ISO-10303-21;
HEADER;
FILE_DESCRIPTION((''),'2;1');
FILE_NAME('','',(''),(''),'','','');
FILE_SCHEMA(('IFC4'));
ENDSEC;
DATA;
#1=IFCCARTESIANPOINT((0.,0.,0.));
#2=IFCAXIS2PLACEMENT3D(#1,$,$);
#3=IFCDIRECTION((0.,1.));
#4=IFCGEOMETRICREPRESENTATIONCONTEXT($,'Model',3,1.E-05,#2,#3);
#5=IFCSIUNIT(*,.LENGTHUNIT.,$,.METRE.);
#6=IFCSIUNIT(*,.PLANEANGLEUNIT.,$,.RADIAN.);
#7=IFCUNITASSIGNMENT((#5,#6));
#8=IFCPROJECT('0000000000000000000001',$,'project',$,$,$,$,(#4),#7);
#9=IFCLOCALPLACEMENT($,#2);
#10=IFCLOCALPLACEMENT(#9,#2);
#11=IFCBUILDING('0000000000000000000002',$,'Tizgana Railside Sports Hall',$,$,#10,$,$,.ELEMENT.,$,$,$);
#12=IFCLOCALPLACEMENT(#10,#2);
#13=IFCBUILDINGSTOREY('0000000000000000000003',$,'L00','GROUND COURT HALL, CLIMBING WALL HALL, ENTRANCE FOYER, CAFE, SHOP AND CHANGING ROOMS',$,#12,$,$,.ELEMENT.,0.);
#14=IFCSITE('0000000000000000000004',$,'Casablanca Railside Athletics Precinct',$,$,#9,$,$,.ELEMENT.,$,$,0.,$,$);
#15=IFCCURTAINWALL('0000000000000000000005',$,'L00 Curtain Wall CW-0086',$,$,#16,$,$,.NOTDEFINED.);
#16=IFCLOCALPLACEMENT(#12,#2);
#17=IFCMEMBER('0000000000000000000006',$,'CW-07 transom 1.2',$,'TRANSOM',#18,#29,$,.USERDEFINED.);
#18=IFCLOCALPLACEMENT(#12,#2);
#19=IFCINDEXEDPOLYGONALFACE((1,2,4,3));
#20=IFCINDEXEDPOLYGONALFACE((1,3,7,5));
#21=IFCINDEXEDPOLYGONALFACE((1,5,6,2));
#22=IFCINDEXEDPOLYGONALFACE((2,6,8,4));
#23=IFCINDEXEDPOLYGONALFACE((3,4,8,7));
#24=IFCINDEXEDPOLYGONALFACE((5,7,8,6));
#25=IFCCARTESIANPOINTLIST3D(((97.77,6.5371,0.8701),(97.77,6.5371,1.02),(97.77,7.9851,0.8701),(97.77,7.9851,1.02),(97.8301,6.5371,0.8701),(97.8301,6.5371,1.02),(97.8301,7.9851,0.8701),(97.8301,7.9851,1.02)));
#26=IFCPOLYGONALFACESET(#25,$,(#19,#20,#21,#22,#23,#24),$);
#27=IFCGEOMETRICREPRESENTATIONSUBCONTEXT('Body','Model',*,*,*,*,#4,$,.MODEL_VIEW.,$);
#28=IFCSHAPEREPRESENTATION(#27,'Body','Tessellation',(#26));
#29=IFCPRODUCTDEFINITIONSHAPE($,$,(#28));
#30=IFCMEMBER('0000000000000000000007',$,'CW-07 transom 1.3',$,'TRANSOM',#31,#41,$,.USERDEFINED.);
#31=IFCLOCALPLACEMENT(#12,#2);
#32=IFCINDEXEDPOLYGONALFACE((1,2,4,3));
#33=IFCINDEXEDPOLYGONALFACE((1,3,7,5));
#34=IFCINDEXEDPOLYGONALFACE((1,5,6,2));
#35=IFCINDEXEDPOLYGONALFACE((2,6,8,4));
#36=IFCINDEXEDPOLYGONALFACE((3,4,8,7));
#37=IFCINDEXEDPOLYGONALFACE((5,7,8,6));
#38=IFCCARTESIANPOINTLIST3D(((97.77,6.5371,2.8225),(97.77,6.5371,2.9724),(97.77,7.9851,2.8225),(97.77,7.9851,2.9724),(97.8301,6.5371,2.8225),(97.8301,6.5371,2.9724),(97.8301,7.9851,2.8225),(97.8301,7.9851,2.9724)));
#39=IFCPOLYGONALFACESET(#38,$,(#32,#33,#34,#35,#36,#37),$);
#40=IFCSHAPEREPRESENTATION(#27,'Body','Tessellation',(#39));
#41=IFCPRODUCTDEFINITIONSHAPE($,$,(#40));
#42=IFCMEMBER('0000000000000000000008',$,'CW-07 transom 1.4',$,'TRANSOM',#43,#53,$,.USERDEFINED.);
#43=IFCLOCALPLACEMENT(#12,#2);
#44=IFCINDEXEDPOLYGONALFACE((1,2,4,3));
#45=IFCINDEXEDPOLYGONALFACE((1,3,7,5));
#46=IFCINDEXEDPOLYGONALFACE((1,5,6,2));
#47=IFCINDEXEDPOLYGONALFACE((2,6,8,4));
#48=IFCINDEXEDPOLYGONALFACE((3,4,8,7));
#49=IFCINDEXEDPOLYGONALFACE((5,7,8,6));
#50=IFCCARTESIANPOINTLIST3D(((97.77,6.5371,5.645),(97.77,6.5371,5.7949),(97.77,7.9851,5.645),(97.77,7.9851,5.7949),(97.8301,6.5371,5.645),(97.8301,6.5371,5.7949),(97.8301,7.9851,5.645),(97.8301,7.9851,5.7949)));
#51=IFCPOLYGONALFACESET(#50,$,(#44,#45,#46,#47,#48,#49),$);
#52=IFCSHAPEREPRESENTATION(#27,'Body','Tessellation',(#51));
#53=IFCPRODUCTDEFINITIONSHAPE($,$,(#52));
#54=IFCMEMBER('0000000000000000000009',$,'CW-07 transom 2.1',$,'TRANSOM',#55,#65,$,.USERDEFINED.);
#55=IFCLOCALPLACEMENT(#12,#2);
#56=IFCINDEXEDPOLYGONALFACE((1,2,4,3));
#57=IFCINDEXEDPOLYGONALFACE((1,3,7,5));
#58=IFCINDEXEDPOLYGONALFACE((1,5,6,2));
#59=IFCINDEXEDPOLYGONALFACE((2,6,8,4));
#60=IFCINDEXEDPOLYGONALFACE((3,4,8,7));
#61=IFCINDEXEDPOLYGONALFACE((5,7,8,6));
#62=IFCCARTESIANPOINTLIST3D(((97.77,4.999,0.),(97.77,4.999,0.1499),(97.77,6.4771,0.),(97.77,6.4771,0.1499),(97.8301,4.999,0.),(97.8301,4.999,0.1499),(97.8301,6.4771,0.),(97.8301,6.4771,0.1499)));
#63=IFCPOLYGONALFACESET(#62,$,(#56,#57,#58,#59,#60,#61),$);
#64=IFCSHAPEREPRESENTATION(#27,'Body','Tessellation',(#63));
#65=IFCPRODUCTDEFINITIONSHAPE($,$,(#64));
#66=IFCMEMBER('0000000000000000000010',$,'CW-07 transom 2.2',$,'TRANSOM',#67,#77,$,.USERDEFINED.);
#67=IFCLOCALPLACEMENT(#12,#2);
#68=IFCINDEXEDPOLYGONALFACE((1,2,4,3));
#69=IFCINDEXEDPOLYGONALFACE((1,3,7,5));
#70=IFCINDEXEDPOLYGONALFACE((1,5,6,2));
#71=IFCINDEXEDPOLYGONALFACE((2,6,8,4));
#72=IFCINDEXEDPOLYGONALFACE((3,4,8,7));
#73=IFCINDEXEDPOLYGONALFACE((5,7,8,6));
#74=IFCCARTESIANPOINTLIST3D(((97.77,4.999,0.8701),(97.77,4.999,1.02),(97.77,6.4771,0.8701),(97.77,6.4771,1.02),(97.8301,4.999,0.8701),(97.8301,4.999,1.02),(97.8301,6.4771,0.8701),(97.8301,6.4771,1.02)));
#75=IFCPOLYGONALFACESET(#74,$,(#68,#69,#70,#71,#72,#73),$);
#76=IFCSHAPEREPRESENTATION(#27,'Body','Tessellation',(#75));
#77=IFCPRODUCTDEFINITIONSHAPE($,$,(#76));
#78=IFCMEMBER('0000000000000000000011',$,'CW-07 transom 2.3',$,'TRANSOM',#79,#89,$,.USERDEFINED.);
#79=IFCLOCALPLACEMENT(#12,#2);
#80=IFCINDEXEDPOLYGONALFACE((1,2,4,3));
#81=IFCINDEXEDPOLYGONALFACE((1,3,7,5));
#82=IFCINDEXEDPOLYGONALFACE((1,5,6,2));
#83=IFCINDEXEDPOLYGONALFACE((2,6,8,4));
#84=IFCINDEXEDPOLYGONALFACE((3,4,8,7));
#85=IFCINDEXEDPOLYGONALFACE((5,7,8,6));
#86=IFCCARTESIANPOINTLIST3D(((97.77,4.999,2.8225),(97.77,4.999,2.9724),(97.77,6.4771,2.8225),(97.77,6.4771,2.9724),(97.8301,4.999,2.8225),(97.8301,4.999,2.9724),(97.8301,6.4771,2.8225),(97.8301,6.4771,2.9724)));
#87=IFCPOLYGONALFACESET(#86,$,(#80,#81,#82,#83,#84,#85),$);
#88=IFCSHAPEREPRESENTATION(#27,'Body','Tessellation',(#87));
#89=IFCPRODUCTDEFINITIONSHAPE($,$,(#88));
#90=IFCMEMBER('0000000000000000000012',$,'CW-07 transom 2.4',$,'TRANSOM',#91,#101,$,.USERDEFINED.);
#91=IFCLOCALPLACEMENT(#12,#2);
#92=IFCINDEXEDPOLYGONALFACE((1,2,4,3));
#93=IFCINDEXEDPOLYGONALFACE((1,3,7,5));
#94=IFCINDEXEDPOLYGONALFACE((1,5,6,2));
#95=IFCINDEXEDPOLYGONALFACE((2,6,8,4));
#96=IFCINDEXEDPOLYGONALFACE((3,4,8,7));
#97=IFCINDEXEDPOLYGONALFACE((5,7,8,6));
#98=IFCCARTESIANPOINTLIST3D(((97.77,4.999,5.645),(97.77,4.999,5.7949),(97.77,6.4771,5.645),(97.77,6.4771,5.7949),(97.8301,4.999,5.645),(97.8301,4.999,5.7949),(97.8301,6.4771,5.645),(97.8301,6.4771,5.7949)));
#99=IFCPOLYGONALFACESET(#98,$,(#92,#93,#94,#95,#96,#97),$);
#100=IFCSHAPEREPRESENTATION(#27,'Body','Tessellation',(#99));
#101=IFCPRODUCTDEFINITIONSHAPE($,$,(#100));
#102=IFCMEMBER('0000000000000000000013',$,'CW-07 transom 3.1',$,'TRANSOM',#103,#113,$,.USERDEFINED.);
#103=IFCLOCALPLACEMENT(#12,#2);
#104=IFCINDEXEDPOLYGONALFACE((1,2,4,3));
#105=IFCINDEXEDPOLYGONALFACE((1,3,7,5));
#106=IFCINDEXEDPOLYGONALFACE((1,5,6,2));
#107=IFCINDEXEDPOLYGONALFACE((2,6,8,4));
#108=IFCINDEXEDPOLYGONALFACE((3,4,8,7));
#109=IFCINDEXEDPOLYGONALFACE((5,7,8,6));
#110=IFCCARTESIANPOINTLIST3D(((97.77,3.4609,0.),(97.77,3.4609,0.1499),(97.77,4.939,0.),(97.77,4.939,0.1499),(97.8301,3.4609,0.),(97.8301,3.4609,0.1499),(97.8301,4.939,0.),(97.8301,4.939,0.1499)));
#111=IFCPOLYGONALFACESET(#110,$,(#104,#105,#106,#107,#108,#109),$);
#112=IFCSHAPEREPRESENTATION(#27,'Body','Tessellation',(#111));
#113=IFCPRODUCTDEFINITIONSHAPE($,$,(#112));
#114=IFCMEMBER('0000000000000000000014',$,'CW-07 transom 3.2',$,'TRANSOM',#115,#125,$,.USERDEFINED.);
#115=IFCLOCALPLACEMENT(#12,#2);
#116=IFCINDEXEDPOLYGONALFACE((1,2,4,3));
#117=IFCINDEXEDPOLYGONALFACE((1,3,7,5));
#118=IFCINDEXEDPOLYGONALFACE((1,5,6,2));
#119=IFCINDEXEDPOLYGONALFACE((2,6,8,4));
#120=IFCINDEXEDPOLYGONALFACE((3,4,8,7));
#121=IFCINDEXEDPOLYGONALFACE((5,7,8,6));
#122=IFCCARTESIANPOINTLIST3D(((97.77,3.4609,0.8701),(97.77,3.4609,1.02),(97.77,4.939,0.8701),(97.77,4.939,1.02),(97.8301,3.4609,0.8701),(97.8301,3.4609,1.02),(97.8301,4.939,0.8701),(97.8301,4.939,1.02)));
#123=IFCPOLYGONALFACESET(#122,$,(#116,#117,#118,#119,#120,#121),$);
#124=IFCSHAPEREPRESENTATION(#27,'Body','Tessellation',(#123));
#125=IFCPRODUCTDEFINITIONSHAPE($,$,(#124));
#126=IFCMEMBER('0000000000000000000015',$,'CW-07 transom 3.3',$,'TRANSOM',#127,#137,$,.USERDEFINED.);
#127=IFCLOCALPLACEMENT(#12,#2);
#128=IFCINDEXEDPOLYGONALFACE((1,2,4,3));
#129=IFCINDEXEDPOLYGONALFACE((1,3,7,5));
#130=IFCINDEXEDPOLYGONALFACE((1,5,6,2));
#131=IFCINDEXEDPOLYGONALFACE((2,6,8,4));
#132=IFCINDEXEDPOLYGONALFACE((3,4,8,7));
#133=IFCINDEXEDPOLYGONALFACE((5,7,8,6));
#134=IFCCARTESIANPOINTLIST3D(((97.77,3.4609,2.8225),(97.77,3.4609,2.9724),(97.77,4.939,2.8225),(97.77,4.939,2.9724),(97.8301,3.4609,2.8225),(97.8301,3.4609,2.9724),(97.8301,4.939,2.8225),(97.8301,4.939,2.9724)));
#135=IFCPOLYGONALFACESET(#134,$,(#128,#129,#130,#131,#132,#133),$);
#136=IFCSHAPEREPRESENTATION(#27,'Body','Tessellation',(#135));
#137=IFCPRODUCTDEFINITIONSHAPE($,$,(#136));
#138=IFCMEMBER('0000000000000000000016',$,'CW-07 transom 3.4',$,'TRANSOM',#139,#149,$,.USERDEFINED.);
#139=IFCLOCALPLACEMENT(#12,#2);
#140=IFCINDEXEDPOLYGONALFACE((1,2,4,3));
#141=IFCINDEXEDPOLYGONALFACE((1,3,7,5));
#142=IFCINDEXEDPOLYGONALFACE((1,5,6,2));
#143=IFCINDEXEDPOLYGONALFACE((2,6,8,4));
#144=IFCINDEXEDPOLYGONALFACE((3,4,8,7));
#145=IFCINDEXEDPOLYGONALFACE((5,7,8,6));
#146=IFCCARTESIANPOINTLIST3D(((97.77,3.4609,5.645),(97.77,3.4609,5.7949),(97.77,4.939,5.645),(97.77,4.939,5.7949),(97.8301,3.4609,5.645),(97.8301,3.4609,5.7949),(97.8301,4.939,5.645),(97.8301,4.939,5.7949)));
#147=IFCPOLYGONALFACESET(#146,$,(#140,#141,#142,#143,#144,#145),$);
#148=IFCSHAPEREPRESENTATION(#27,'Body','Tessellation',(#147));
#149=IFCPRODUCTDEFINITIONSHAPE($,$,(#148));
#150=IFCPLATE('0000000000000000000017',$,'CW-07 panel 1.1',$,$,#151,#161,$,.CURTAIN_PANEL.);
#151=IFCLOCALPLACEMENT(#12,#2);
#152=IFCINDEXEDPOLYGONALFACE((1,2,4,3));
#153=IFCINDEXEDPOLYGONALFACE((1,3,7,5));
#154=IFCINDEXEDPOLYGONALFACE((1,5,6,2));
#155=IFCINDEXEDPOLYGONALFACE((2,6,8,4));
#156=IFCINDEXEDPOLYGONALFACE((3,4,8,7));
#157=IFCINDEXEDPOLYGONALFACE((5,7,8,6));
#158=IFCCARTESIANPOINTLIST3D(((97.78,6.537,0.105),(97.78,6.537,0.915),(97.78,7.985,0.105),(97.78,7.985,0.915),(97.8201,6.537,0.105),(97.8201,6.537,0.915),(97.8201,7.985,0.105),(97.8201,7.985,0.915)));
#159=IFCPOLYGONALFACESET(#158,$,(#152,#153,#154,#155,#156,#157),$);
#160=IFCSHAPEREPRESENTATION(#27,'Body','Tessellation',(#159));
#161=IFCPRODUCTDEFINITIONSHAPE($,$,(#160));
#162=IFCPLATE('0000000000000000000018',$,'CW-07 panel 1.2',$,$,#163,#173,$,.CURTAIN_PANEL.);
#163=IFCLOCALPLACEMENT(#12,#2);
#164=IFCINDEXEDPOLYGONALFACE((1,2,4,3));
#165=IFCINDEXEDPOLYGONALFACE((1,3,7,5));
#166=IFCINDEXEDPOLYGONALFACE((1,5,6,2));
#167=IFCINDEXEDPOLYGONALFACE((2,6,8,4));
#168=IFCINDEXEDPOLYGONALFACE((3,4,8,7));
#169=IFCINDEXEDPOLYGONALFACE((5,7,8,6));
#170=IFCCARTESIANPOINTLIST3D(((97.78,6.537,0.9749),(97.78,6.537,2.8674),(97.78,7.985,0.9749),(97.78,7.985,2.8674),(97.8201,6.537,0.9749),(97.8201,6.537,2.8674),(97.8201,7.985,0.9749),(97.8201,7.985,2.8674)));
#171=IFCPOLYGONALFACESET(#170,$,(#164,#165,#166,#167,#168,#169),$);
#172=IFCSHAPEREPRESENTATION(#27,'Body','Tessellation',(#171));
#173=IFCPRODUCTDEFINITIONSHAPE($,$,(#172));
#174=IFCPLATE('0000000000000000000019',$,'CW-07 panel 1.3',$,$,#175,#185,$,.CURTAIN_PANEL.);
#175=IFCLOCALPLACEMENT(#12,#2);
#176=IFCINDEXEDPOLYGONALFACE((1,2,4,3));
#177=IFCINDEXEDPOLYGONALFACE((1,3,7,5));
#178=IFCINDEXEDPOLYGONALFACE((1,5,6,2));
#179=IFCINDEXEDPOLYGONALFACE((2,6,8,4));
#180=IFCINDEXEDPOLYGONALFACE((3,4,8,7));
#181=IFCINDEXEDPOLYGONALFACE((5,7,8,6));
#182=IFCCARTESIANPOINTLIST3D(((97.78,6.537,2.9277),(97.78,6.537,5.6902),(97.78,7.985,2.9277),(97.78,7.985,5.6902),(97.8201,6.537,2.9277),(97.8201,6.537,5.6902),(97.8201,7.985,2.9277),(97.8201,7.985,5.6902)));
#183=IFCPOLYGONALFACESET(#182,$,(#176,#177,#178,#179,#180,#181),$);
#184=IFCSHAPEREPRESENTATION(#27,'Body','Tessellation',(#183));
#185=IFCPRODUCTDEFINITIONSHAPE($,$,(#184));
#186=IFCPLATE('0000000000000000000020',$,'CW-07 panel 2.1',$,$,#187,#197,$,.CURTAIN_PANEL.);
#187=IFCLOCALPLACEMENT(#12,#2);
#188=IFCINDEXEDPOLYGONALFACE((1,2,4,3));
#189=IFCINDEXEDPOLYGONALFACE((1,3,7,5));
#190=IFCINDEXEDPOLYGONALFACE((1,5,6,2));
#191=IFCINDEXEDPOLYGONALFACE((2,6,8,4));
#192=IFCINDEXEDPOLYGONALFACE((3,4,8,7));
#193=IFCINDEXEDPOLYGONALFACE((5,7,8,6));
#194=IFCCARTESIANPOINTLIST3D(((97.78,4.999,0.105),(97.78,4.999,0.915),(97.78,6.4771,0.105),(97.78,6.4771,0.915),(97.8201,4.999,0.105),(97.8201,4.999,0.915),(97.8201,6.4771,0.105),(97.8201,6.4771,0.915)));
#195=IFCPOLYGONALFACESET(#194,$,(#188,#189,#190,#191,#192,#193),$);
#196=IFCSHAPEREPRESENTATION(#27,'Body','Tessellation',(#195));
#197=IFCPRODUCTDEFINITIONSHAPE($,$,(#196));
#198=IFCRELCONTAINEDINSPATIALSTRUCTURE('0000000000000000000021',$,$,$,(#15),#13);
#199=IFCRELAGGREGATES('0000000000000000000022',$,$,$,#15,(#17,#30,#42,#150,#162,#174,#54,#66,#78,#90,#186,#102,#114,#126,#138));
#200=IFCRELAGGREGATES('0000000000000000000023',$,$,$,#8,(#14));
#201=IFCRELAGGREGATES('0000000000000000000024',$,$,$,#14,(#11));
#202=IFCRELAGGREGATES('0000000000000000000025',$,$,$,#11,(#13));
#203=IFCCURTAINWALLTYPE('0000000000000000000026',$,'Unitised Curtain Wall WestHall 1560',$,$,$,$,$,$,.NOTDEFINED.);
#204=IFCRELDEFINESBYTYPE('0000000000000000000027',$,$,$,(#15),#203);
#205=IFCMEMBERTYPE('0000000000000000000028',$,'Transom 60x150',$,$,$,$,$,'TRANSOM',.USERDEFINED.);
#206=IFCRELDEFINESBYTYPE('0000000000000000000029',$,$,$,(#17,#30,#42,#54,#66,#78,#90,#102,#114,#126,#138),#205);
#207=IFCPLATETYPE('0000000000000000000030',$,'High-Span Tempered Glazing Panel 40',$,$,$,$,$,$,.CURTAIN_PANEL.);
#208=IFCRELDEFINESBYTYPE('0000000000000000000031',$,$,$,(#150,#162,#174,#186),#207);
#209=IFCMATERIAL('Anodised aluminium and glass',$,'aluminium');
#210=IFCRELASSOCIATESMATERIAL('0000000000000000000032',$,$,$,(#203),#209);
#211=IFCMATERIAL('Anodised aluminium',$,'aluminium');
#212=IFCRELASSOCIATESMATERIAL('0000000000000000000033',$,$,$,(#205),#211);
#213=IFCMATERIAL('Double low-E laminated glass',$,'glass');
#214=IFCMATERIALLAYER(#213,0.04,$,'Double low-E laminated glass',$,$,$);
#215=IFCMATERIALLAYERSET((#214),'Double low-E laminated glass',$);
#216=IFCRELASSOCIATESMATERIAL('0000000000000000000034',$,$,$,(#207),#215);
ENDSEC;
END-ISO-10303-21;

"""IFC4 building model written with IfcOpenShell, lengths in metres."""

from ifc_helpers import new_model, si_unit, direction, frame, origin, origin_2d, place, context, subcontext, project, spatial, rectangle, extrude, material, layer, layer_set, material_profile, profile_set, type_object, element, aggregate, save


model = new_model("IFC4")

# Units and contexts
model_context = context("Model", 3, precision=1e-05, world=origin(), true_north=direction((0.0, 1.0)))
body_context = subcontext(model_context, "Body", "Model", "MODEL_VIEW")
ifc_project = project(units=[si_unit("LENGTHUNIT", "METRE"), si_unit("PLANEANGLEUNIT", "RADIAN")], contexts=[model_context])

# Site, building, storey
site_placement = place(None, origin())
site = spatial("IfcSite", under=ifc_project, at=site_placement, Name="Casablanca Railside Athletics Precinct", CompositionType="ELEMENT", RefElevation=0.0)
building_placement = place(site_placement, origin())
building = spatial("IfcBuilding", under=site, at=building_placement, Name="Tizgana Railside Sports Hall", CompositionType="ELEMENT")
storey_placement = place(building_placement, origin())
storey = spatial("IfcBuildingStorey", under=building, at=storey_placement, Name="L00", Description="GROUND COURT HALL, CLIMBING WALL HALL, ENTRANCE FOYER, CAFE, SHOP AND CHANGING ROOMS", CompositionType="ELEMENT", Elevation=0.0)

# Curtain wall
ifc_material_1 = material(Name="Anodised aluminium and glass", Category="aluminium")
curtain_wall_type = type_object("IfcCurtainWallType", Name="Unitised Curtain Wall WestHall 1560", PredefinedType="NOTDEFINED", material=ifc_material_1)
curtain_wall_placement = place(storey_placement, origin())
curtain_wall = element("IfcCurtainWall", 1, at=curtain_wall_placement, inside=storey, type_object=curtain_wall_type, Name="L00 Curtain Wall CW-0086", PredefinedType="NOTDEFINED")
ifc_material_2 = material(Name="Anodised aluminium", Category="aluminium")

# Members
ifc_material_profile_1 = material_profile(ifc_material_2, rectangle(XDim=0.0601, YDim=0.1499, at=origin_2d()), Name="Transom 60x150")
ifc_profile_set_1 = profile_set([ifc_material_profile_1], Name="Anodised aluminium")
member_type_1 = type_object("IfcMemberType", Name="Transom 60x150", ElementType="TRANSOM", PredefinedType="USERDEFINED", material=ifc_profile_set_1)
member_1_placement = place(storey_placement, frame((97.8, 7.9851, 0.9451), z_axis=(0.0, -1.0, 0.0), x_axis=(1.0, 0.0, 0.0)))
member_1 = element("IfcMember", 2, at=member_1_placement, type_object=member_type_1, Name="CW-07 transom 1.2", ObjectType="TRANSOM", PredefinedType="USERDEFINED", context=body_context, shape_type="SweptSolid", body=[
    extrude(rectangle(XDim=0.0601, YDim=0.1499, at=origin_2d()), origin(), (0.0, 0.0, 1.0), 1.448),
])
member_2_placement = place(storey_placement, frame((97.8, 7.9851, 2.8975), z_axis=(0.0, -1.0, 0.0), x_axis=(1.0, 0.0, 0.0)))
member_2 = element("IfcMember", 3, at=member_2_placement, type_object=member_type_1, Name="CW-07 transom 1.3", ObjectType="TRANSOM", PredefinedType="USERDEFINED", context=body_context, shape_type="SweptSolid", body=[
    extrude(rectangle(XDim=0.0601, YDim=0.1499, at=origin_2d()), origin(), (0.0, 0.0, 1.0), 1.448),
])
member_3_placement = place(storey_placement, frame((97.8, 7.9851, 5.72), z_axis=(0.0, -1.0, 0.0), x_axis=(1.0, 0.0, 0.0)))
member_3 = element("IfcMember", 4, at=member_3_placement, type_object=member_type_1, Name="CW-07 transom 1.4", ObjectType="TRANSOM", PredefinedType="USERDEFINED", context=body_context, shape_type="SweptSolid", body=[
    extrude(rectangle(XDim=0.0601, YDim=0.1499, at=origin_2d()), origin(), (0.0, 0.0, 1.0), 1.448),
])
member_4_placement = place(storey_placement, frame((97.8, 6.4771, 0.075), z_axis=(0.0, -1.0, 0.0), x_axis=(1.0, 0.0, 0.0)))
member_4 = element("IfcMember", 5, at=member_4_placement, type_object=member_type_1, Name="CW-07 transom 2.1", ObjectType="TRANSOM", PredefinedType="USERDEFINED", context=body_context, shape_type="SweptSolid", body=[
    extrude(rectangle(XDim=0.0601, YDim=0.1499, at=origin_2d()), origin(), (0.0, 0.0, 1.0), 1.478),
])
member_5_placement = place(storey_placement, frame((97.8, 6.4771, 0.9451), z_axis=(0.0, -1.0, 0.0), x_axis=(1.0, 0.0, 0.0)))
member_5 = element("IfcMember", 6, at=member_5_placement, type_object=member_type_1, Name="CW-07 transom 2.2", ObjectType="TRANSOM", PredefinedType="USERDEFINED", context=body_context, shape_type="SweptSolid", body=[
    extrude(rectangle(XDim=0.0601, YDim=0.1499, at=origin_2d()), origin(), (0.0, 0.0, 1.0), 1.478),
])
member_6_placement = place(storey_placement, frame((97.8, 6.4771, 2.8975), z_axis=(0.0, -1.0, 0.0), x_axis=(1.0, 0.0, 0.0)))
member_6 = element("IfcMember", 7, at=member_6_placement, type_object=member_type_1, Name="CW-07 transom 2.3", ObjectType="TRANSOM", PredefinedType="USERDEFINED", context=body_context, shape_type="SweptSolid", body=[
    extrude(rectangle(XDim=0.0601, YDim=0.1499, at=origin_2d()), origin(), (0.0, 0.0, 1.0), 1.478),
])
member_7_placement = place(storey_placement, frame((97.8, 6.4771, 5.72), z_axis=(0.0, -1.0, 0.0), x_axis=(1.0, 0.0, 0.0)))
member_7 = element("IfcMember", 8, at=member_7_placement, type_object=member_type_1, Name="CW-07 transom 2.4", ObjectType="TRANSOM", PredefinedType="USERDEFINED", context=body_context, shape_type="SweptSolid", body=[
    extrude(rectangle(XDim=0.0601, YDim=0.1499, at=origin_2d()), origin(), (0.0, 0.0, 1.0), 1.478),
])
member_8_placement = place(storey_placement, frame((97.8, 4.939, 0.075), z_axis=(0.0, -1.0, 0.0), x_axis=(1.0, 0.0, 0.0)))
member_8 = element("IfcMember", 9, at=member_8_placement, type_object=member_type_1, Name="CW-07 transom 3.1", ObjectType="TRANSOM", PredefinedType="USERDEFINED", context=body_context, shape_type="SweptSolid", body=[
    extrude(rectangle(XDim=0.0601, YDim=0.1499, at=origin_2d()), origin(), (0.0, 0.0, 1.0), 1.478),
])
member_9_placement = place(storey_placement, frame((97.8, 4.939, 0.9451), z_axis=(0.0, -1.0, 0.0), x_axis=(1.0, 0.0, 0.0)))
member_9 = element("IfcMember", 10, at=member_9_placement, type_object=member_type_1, Name="CW-07 transom 3.2", ObjectType="TRANSOM", PredefinedType="USERDEFINED", context=body_context, shape_type="SweptSolid", body=[
    extrude(rectangle(XDim=0.0601, YDim=0.1499, at=origin_2d()), origin(), (0.0, 0.0, 1.0), 1.478),
])
member_10_placement = place(storey_placement, frame((97.8, 4.939, 2.8975), z_axis=(0.0, -1.0, 0.0), x_axis=(1.0, 0.0, 0.0)))
member_10 = element("IfcMember", 11, at=member_10_placement, type_object=member_type_1, Name="CW-07 transom 3.3", ObjectType="TRANSOM", PredefinedType="USERDEFINED", context=body_context, shape_type="SweptSolid", body=[
    extrude(rectangle(XDim=0.0601, YDim=0.1499, at=origin_2d()), origin(), (0.0, 0.0, 1.0), 1.478),
])
member_11_placement = place(storey_placement, frame((97.8, 4.939, 5.72), z_axis=(0.0, -1.0, 0.0), x_axis=(1.0, 0.0, 0.0)))
member_11 = element("IfcMember", 12, at=member_11_placement, type_object=member_type_1, Name="CW-07 transom 3.4", ObjectType="TRANSOM", PredefinedType="USERDEFINED", context=body_context, shape_type="SweptSolid", body=[
    extrude(rectangle(XDim=0.0601, YDim=0.1499, at=origin_2d()), origin(), (0.0, 0.0, 1.0), 1.478),
])

# Plates
ifc_material_3 = material(Name="Double low-E laminated glass", Category="glass")
ifc_layer_1 = layer(ifc_material_3, 0.04, Name="Double low-E laminated glass")
ifc_layer_set_1 = layer_set([ifc_layer_1], Name="Double low-E laminated glass")
plate_type = type_object("IfcPlateType", Name="High-Span Tempered Glazing Panel 40", PredefinedType="CURTAIN_PANEL", material=ifc_layer_set_1)
plate_1_placement = place(storey_placement, frame((97.8, 7.261, 0.105), z_axis=(0.0, 0.0, 1.0), x_axis=(0.0, -1.0, 0.0)))
plate_1 = element("IfcPlate", 13, at=plate_1_placement, type_object=plate_type, Name="CW-07 panel 1.1", PredefinedType="CURTAIN_PANEL", context=body_context, shape_type="SweptSolid", body=[
    extrude(rectangle(XDim=1.448, YDim=0.04, at=origin_2d()), origin(), (0.0, 0.0, 1.0), 0.8101),
])
plate_2_placement = place(storey_placement, frame((97.8, 7.261, 0.9749), z_axis=(0.0, 0.0, 1.0), x_axis=(0.0, -1.0, 0.0)))
plate_2 = element("IfcPlate", 14, at=plate_2_placement, type_object=plate_type, Name="CW-07 panel 1.2", PredefinedType="CURTAIN_PANEL", context=body_context, shape_type="SweptSolid", body=[
    extrude(rectangle(XDim=1.448, YDim=0.04, at=origin_2d()), origin(), (0.0, 0.0, 1.0), 1.8926),
])
plate_3_placement = place(storey_placement, frame((97.8, 7.261, 2.9277), z_axis=(0.0, 0.0, 1.0), x_axis=(0.0, -1.0, 0.0)))
plate_3 = element("IfcPlate", 15, at=plate_3_placement, type_object=plate_type, Name="CW-07 panel 1.3", PredefinedType="CURTAIN_PANEL", context=body_context, shape_type="SweptSolid", body=[
    extrude(rectangle(XDim=1.448, YDim=0.04, at=origin_2d()), origin(), (0.0, 0.0, 1.0), 2.7625),
])
plate_4_placement = place(storey_placement, frame((97.8, 5.738, 0.105), z_axis=(0.0, 0.0, 1.0), x_axis=(0.0, -1.0, 0.0)))
plate_4 = element("IfcPlate", 16, at=plate_4_placement, type_object=plate_type, Name="CW-07 panel 2.1", PredefinedType="CURTAIN_PANEL", context=body_context, shape_type="SweptSolid", body=[
    extrude(rectangle(XDim=1.478, YDim=0.04, at=origin_2d()), origin(), (0.0, 0.0, 1.0), 0.8101),
])
aggregate(curtain_wall, [member_1, member_2, member_3, plate_1, plate_2, plate_3, member_4, member_5, member_6, member_7, plate_4, member_8, member_9, member_10, member_11])

save(model, "model.ifc")
